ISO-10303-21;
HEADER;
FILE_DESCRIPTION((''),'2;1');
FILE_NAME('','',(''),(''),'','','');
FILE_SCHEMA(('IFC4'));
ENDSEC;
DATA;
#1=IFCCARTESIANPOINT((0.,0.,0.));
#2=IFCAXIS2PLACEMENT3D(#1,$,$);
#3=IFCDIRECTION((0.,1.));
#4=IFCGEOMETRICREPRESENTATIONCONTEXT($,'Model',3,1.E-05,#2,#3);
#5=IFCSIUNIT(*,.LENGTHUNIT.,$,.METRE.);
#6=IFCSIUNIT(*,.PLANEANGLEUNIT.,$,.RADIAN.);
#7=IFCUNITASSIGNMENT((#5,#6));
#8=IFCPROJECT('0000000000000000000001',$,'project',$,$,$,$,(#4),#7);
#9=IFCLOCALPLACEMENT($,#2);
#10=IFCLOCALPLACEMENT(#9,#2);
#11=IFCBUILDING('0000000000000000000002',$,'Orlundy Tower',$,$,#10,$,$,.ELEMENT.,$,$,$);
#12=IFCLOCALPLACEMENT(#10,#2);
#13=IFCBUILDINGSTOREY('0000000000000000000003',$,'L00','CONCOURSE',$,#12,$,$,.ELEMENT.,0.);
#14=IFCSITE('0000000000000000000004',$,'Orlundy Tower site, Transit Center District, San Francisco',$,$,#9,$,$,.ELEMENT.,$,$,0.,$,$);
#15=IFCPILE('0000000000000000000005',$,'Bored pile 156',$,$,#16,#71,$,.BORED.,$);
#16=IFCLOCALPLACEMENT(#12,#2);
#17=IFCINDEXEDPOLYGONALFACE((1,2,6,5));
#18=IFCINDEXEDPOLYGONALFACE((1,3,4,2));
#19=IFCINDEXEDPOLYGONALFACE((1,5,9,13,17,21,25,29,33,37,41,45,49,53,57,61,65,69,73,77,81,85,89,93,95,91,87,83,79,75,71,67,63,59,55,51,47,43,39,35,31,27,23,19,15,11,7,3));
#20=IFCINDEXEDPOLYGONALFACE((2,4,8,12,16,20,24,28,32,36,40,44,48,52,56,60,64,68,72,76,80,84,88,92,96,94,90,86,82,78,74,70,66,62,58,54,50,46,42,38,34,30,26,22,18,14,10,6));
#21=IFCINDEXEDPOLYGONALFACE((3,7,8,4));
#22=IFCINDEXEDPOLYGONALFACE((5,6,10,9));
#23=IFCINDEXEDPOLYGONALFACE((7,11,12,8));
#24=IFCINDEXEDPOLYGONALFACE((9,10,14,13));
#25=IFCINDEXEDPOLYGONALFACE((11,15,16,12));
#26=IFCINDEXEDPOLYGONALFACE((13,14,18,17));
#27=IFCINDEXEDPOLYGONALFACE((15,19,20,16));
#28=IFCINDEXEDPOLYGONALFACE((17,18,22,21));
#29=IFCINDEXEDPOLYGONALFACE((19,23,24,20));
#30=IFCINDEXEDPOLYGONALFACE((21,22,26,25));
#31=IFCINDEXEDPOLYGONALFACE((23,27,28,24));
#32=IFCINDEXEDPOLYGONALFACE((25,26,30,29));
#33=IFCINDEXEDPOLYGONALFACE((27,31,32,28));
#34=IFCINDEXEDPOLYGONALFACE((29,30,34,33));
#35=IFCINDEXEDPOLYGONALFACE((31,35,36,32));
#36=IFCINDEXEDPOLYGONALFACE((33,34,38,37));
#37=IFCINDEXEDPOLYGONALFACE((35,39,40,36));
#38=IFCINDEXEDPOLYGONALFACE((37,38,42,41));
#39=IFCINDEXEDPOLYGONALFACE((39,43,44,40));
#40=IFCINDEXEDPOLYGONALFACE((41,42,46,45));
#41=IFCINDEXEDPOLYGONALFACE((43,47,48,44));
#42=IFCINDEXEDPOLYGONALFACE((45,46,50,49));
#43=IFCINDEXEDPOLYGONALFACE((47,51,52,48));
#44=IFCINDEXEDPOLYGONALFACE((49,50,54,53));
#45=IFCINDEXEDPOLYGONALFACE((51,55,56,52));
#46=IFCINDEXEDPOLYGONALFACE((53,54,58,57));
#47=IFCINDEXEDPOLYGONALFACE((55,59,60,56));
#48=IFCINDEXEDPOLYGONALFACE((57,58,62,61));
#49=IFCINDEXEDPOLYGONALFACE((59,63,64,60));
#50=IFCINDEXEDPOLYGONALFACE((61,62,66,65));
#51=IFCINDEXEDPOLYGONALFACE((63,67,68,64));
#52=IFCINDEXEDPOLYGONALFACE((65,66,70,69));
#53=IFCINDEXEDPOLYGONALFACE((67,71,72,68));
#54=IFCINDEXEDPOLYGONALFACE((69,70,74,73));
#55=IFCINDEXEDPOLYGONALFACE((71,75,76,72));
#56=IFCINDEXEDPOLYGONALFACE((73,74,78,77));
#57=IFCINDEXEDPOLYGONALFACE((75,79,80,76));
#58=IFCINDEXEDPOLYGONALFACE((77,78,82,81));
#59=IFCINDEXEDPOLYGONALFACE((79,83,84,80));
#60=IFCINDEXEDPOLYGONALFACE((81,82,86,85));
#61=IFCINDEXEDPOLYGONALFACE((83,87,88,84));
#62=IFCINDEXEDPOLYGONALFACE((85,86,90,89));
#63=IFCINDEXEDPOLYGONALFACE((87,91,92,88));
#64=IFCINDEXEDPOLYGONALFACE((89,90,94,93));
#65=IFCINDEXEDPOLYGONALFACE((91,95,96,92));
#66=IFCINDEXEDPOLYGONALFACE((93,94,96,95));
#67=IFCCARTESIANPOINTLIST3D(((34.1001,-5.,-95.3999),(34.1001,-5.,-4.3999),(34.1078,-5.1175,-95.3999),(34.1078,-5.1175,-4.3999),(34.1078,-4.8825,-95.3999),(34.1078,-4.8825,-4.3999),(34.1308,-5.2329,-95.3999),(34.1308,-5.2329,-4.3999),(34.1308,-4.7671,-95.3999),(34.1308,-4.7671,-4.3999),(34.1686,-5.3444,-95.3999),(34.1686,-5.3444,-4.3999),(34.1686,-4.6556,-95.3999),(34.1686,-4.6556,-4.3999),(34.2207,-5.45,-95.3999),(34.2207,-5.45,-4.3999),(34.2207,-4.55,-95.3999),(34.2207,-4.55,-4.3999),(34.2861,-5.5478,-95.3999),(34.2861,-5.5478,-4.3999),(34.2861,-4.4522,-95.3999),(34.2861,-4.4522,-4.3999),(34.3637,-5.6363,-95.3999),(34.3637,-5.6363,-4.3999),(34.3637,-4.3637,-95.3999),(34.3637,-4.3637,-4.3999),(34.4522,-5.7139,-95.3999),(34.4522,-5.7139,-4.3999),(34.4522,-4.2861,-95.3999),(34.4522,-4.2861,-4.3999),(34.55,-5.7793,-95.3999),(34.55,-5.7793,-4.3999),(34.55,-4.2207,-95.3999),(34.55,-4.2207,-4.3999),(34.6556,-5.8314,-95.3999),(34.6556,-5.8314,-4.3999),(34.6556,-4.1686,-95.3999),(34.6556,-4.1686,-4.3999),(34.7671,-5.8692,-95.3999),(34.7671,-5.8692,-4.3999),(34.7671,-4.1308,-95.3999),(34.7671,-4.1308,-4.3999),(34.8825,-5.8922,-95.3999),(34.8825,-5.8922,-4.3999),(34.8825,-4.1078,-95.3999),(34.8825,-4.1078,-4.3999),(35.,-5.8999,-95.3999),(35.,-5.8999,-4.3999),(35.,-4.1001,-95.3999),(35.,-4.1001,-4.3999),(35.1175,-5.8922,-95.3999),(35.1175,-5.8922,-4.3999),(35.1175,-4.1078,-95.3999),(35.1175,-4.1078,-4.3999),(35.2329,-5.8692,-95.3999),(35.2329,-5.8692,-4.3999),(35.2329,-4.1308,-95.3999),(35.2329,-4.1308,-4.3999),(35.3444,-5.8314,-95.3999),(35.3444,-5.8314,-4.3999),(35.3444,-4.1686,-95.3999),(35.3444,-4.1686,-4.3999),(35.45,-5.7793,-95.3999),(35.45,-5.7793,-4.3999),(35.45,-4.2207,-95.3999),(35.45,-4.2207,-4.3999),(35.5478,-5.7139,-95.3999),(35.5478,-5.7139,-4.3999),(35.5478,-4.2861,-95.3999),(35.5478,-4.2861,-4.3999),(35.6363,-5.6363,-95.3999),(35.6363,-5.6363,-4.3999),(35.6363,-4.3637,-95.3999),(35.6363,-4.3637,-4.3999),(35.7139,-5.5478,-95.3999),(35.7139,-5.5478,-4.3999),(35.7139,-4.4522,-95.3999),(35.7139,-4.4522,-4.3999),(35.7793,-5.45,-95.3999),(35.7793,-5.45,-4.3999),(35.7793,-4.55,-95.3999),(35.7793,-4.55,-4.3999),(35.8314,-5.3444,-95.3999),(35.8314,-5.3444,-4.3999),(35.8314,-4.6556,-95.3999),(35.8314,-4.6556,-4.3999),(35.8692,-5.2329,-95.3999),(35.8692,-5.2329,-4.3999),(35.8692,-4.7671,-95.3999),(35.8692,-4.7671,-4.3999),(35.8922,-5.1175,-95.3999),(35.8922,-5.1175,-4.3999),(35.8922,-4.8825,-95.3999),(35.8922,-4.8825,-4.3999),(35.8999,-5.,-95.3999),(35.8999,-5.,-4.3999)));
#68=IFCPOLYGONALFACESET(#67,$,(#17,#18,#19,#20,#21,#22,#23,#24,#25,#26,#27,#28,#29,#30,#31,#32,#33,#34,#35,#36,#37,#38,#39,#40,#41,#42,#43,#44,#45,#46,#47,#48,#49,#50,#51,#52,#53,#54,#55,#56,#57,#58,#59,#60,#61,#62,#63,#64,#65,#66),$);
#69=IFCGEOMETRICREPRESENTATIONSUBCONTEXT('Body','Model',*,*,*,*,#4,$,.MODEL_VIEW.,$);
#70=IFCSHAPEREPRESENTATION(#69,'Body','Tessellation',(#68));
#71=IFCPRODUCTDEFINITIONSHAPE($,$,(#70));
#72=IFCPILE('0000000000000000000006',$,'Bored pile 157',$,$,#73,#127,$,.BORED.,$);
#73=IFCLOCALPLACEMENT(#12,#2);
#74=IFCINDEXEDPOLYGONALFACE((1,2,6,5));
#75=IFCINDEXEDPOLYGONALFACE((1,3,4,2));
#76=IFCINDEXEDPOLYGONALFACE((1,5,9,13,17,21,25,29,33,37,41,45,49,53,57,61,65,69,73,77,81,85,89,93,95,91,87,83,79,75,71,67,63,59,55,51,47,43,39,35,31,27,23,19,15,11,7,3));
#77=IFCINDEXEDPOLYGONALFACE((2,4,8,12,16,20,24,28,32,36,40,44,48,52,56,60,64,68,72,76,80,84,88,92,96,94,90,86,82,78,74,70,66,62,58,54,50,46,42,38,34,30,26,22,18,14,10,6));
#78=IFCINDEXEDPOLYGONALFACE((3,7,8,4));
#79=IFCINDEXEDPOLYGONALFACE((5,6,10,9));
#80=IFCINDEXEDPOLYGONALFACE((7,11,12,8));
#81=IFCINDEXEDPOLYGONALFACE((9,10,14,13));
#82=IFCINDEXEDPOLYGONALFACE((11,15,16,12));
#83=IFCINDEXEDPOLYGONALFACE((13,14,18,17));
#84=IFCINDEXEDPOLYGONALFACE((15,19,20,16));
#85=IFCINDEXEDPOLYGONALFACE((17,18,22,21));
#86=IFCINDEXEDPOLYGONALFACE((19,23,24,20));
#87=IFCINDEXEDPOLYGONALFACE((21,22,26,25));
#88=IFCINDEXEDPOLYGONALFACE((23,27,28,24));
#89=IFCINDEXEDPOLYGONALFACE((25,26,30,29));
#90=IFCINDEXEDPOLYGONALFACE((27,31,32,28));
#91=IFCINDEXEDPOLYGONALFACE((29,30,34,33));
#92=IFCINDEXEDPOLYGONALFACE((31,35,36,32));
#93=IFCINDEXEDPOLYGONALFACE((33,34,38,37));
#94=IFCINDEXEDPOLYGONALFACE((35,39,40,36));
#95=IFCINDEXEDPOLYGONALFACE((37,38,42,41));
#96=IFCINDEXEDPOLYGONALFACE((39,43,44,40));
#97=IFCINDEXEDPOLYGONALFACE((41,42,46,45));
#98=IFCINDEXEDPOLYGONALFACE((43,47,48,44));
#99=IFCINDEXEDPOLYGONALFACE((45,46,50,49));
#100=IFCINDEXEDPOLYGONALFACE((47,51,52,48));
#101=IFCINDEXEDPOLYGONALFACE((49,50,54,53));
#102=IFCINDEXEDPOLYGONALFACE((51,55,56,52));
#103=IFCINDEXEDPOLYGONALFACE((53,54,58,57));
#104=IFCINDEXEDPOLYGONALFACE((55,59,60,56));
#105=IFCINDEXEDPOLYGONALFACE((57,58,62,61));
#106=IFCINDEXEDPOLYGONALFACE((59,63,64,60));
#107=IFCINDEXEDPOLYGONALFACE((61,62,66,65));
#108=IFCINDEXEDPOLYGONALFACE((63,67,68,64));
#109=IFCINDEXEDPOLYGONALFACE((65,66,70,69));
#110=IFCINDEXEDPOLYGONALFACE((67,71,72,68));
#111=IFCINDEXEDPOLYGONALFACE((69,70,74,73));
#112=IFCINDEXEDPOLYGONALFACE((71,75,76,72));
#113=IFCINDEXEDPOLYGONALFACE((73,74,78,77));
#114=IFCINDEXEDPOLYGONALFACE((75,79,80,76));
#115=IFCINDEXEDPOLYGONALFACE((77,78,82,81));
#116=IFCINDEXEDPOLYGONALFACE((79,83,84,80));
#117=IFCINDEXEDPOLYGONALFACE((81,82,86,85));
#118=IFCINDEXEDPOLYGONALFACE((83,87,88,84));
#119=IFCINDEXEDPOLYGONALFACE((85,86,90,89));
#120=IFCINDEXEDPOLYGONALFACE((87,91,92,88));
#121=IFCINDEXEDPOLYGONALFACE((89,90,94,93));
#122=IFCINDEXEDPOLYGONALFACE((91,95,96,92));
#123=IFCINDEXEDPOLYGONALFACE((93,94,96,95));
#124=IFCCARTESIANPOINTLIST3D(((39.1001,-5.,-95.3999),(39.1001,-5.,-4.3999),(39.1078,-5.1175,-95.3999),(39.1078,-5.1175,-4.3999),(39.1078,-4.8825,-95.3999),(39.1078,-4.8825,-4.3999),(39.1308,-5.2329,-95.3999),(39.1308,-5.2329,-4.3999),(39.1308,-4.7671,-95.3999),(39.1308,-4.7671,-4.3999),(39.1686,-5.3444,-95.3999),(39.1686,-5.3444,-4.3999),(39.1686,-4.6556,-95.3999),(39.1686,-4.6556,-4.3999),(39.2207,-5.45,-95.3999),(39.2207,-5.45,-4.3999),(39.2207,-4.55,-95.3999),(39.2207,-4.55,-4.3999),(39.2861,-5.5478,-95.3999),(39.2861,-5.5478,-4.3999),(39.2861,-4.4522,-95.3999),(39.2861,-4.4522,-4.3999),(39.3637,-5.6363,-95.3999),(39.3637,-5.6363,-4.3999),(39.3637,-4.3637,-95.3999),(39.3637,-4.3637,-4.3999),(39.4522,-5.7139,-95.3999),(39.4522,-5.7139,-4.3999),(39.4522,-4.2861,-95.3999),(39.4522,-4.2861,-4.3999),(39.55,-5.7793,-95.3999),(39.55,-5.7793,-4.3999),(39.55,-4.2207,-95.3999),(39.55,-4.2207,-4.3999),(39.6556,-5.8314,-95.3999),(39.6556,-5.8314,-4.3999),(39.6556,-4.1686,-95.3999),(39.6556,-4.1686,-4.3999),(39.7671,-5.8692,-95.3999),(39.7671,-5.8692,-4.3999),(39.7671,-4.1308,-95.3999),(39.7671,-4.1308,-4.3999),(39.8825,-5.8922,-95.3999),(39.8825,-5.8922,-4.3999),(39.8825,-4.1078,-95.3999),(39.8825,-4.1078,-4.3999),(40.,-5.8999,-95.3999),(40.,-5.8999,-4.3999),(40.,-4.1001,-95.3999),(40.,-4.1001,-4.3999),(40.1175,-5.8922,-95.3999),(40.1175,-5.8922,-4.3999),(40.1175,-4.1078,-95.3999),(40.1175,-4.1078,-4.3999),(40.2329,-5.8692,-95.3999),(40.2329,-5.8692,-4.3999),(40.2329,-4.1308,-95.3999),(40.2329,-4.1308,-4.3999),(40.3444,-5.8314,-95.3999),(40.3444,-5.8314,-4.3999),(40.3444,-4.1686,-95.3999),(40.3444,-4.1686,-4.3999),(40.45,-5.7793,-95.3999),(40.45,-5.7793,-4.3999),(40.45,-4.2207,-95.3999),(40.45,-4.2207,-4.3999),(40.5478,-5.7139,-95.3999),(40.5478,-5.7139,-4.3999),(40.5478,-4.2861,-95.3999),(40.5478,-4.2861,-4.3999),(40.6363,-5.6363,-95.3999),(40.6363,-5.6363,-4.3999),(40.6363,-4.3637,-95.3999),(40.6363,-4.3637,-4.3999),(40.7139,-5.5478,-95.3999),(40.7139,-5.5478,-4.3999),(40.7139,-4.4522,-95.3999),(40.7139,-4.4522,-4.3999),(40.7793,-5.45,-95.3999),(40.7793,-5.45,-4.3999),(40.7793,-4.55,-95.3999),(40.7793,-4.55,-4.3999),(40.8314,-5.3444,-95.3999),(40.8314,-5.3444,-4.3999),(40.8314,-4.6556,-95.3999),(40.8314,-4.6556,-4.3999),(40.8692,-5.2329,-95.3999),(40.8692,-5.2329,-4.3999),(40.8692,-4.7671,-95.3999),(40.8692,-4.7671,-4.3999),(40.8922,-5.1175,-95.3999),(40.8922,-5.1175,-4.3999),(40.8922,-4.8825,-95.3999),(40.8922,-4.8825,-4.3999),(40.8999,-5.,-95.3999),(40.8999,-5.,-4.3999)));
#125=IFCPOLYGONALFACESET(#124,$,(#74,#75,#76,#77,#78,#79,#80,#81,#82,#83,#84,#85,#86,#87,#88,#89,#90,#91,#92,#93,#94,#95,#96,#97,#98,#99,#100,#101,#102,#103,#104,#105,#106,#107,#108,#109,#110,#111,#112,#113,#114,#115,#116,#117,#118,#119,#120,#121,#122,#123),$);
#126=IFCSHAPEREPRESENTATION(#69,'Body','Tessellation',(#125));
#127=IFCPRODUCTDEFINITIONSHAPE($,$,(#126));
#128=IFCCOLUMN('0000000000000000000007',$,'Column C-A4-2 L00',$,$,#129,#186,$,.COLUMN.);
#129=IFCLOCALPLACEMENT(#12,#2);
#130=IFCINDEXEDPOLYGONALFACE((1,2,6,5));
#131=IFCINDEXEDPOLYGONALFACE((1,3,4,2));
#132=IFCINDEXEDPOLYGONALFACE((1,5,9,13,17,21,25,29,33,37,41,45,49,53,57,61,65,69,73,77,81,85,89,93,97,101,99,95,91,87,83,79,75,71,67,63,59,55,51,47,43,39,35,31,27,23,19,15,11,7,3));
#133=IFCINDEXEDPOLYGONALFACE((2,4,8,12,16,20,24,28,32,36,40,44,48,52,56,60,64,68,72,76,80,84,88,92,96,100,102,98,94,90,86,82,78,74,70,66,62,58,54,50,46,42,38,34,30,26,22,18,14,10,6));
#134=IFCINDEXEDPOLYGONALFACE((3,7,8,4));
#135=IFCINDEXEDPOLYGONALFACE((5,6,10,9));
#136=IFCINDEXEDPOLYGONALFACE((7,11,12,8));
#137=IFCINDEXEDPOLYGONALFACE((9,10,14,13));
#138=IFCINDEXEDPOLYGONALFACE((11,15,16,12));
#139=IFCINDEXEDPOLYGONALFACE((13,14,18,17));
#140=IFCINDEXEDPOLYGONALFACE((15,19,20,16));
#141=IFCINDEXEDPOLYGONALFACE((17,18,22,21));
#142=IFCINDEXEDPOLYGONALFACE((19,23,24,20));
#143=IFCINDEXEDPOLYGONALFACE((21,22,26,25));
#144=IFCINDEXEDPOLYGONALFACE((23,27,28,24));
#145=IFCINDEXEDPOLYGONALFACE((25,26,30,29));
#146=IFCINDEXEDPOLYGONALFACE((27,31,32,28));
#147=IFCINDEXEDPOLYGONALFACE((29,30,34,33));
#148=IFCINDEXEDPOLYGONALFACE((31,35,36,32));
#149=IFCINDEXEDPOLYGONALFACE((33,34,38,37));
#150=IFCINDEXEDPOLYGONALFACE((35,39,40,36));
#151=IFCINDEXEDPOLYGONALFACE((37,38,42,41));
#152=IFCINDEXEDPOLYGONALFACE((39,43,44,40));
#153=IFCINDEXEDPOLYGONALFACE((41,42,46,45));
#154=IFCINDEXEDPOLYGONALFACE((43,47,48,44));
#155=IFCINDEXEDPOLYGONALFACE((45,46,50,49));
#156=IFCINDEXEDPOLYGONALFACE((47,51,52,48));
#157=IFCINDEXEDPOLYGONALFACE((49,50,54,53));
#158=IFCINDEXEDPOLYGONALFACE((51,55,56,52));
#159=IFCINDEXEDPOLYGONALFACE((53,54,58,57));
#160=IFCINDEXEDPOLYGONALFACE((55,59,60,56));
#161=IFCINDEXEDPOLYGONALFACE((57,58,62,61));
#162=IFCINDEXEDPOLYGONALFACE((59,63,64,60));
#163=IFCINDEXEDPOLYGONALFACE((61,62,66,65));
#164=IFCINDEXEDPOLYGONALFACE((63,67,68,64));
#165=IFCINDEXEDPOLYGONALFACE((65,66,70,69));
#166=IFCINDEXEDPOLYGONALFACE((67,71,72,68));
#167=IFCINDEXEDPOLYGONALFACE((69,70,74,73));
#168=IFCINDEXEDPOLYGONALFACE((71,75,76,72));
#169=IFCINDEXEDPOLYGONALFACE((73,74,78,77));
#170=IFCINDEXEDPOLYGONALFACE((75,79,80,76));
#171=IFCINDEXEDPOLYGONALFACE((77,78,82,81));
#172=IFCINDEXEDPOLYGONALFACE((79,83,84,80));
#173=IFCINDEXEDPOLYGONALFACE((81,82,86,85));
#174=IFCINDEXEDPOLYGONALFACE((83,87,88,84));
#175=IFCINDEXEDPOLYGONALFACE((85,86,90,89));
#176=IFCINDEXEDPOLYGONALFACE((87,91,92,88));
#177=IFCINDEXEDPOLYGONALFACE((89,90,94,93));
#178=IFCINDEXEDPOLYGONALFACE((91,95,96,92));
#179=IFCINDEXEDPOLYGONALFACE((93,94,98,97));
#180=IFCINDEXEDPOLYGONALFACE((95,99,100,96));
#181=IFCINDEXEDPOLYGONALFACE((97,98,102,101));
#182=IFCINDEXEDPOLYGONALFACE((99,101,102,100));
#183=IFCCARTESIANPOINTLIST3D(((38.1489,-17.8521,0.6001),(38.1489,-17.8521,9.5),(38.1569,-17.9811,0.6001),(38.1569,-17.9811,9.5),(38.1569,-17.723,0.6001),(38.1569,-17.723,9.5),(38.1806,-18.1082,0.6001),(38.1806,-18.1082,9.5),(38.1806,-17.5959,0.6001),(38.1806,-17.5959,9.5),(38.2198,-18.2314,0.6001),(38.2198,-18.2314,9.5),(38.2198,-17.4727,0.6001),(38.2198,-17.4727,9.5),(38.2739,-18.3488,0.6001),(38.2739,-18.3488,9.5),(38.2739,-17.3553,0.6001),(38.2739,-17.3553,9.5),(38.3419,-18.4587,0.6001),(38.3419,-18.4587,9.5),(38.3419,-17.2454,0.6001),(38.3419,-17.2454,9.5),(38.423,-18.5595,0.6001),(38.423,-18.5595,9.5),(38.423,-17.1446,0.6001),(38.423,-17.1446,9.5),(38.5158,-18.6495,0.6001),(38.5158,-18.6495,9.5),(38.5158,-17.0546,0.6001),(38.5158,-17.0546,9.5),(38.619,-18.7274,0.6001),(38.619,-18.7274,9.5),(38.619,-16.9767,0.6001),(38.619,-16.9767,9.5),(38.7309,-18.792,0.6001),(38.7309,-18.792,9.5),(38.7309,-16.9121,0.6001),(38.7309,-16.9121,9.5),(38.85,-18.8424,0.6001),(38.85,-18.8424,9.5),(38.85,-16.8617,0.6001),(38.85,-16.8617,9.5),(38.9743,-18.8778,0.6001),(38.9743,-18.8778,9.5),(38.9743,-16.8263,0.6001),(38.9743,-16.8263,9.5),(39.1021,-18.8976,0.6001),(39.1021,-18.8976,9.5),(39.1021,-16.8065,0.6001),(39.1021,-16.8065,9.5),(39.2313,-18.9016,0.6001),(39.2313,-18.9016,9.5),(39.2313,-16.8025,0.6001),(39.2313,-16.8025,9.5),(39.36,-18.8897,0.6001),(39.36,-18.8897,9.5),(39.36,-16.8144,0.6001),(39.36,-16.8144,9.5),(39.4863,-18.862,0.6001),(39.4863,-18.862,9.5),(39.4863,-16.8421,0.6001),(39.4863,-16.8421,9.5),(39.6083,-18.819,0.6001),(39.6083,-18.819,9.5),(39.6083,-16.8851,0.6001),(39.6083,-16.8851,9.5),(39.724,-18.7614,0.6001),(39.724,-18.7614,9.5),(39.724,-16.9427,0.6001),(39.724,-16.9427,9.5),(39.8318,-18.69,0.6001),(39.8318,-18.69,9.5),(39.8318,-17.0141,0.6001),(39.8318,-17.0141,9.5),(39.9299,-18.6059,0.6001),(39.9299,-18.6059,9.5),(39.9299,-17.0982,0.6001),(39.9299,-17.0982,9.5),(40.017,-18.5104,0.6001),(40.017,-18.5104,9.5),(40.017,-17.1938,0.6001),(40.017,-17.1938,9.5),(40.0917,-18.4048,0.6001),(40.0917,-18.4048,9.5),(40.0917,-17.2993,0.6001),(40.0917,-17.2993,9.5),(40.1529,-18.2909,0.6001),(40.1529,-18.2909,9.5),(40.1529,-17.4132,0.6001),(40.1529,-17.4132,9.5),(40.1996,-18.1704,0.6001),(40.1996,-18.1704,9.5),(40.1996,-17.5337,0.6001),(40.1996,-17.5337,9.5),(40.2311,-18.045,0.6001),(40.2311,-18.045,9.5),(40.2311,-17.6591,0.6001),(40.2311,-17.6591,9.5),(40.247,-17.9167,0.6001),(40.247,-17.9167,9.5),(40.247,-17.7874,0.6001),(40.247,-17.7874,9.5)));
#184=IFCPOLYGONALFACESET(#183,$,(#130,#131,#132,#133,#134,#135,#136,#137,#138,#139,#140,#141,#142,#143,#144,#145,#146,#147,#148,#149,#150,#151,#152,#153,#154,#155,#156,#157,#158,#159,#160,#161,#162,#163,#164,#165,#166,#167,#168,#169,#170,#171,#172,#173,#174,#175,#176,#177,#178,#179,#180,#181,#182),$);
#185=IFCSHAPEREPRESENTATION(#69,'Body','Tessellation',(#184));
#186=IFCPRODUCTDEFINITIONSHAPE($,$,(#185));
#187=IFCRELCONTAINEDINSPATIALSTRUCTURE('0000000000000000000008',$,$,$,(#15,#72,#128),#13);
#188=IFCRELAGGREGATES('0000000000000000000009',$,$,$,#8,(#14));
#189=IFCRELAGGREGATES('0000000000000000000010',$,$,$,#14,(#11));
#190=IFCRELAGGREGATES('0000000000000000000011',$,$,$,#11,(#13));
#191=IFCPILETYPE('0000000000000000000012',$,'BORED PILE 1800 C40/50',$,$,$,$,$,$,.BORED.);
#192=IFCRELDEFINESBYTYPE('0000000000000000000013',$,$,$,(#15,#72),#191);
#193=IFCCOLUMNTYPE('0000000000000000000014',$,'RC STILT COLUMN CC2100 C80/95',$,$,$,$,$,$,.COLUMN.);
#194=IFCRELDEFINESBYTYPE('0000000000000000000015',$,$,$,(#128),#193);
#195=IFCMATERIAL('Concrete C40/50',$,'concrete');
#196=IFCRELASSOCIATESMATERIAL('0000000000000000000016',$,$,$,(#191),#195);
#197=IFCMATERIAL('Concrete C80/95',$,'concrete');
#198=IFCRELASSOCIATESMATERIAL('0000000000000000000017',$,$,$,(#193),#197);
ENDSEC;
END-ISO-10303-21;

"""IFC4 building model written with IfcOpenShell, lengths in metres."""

from ifc_helpers import new_model, si_unit, direction, frame, origin, origin_2d, place, context, subcontext, project, spatial, circle, extrude, material, material_profile, profile_set, type_object, element, save


model = new_model("IFC4")

# Units and contexts
model_context = context("Model", 3, precision=1e-05, world=origin(), true_north=direction((0.0, 1.0)))
body_context = subcontext(model_context, "Body", "Model", "MODEL_VIEW")
ifc_project = project(units=[si_unit("LENGTHUNIT", "METRE"), si_unit("PLANEANGLEUNIT", "RADIAN")], contexts=[model_context])

# Site, building, storey
site_placement = place(None, origin())
site = spatial("IfcSite", under=ifc_project, at=site_placement, Name="Orlundy Tower site, Transit Center District, San Francisco", CompositionType="ELEMENT", RefElevation=0.0)
building_placement = place(site_placement, origin())
building = spatial("IfcBuilding", under=site, at=building_placement, Name="Orlundy Tower", CompositionType="ELEMENT")
storey_placement = place(building_placement, origin())
storey = spatial("IfcBuildingStorey", under=building, at=storey_placement, Name="L00", Description="CONCOURSE", CompositionType="ELEMENT", Elevation=0.0)

# Piles
ifc_material_1 = material(Name="Concrete C40/50", Category="concrete")
ifc_material_profile_1 = material_profile(ifc_material_1, circle(Radius=0.8999, at=origin_2d()), Name="BP1800")
ifc_profile_set_1 = profile_set([ifc_material_profile_1], Name="Concrete C40/50")
pile_type = type_object("IfcPileType", Name="BORED PILE 1800 C40/50", PredefinedType="BORED", material=ifc_profile_set_1)
for number, where, z_axis, x_axis, name in (
    (1, (35.0, -5.0, -4.3999), (0.0, 0.0, -1.0), (1.0, 0.0, 0.0), "Bored pile 156"),
    (2, (40.0, -5.0, -4.3999), (0.0, 0.0, -1.0), (1.0, 0.0, 0.0), "Bored pile 157"),
):
    element("IfcPile", number, at=place(storey_placement, frame(where, z_axis=z_axis, x_axis=x_axis)), inside=storey, type_object=pile_type, Name=name, PredefinedType="BORED", context=body_context, shape_type="SweptSolid", body=[
        extrude(circle(Radius=0.8999, at=origin_2d()), origin(), (0.0, 0.0, 1.0), 91.0),
    ])

# Column
ifc_material_2 = material(Name="Concrete C80/95", Category="concrete")
ifc_material_profile_2 = material_profile(ifc_material_2, circle(Radius=1.05, at=origin_2d()), Name="CC2100")
ifc_profile_set_2 = profile_set([ifc_material_profile_2], Name="Concrete C80/95")
column_type_1 = type_object("IfcColumnType", Name="RC STILT COLUMN CC2100 C80/95", PredefinedType="COLUMN", material=ifc_profile_set_2)
for number, where, z_axis, x_axis, name in (
    (3, (39.199, -17.8521, 0.6001), (0.0, 0.0, 1.0), (0.5, 0.866025, 0.0), "Column C-A4-2 L00"),
):
    element("IfcColumn", number, at=place(storey_placement, frame(where, z_axis=z_axis, x_axis=x_axis)), inside=storey, type_object=column_type_1, Name=name, PredefinedType="COLUMN", context=body_context, shape_type="SweptSolid", body=[
        extrude(circle(Radius=1.05, at=origin_2d()), origin(), (0.0, 0.0, 1.0), 8.8999),
    ])

save(model, "model.ifc")
